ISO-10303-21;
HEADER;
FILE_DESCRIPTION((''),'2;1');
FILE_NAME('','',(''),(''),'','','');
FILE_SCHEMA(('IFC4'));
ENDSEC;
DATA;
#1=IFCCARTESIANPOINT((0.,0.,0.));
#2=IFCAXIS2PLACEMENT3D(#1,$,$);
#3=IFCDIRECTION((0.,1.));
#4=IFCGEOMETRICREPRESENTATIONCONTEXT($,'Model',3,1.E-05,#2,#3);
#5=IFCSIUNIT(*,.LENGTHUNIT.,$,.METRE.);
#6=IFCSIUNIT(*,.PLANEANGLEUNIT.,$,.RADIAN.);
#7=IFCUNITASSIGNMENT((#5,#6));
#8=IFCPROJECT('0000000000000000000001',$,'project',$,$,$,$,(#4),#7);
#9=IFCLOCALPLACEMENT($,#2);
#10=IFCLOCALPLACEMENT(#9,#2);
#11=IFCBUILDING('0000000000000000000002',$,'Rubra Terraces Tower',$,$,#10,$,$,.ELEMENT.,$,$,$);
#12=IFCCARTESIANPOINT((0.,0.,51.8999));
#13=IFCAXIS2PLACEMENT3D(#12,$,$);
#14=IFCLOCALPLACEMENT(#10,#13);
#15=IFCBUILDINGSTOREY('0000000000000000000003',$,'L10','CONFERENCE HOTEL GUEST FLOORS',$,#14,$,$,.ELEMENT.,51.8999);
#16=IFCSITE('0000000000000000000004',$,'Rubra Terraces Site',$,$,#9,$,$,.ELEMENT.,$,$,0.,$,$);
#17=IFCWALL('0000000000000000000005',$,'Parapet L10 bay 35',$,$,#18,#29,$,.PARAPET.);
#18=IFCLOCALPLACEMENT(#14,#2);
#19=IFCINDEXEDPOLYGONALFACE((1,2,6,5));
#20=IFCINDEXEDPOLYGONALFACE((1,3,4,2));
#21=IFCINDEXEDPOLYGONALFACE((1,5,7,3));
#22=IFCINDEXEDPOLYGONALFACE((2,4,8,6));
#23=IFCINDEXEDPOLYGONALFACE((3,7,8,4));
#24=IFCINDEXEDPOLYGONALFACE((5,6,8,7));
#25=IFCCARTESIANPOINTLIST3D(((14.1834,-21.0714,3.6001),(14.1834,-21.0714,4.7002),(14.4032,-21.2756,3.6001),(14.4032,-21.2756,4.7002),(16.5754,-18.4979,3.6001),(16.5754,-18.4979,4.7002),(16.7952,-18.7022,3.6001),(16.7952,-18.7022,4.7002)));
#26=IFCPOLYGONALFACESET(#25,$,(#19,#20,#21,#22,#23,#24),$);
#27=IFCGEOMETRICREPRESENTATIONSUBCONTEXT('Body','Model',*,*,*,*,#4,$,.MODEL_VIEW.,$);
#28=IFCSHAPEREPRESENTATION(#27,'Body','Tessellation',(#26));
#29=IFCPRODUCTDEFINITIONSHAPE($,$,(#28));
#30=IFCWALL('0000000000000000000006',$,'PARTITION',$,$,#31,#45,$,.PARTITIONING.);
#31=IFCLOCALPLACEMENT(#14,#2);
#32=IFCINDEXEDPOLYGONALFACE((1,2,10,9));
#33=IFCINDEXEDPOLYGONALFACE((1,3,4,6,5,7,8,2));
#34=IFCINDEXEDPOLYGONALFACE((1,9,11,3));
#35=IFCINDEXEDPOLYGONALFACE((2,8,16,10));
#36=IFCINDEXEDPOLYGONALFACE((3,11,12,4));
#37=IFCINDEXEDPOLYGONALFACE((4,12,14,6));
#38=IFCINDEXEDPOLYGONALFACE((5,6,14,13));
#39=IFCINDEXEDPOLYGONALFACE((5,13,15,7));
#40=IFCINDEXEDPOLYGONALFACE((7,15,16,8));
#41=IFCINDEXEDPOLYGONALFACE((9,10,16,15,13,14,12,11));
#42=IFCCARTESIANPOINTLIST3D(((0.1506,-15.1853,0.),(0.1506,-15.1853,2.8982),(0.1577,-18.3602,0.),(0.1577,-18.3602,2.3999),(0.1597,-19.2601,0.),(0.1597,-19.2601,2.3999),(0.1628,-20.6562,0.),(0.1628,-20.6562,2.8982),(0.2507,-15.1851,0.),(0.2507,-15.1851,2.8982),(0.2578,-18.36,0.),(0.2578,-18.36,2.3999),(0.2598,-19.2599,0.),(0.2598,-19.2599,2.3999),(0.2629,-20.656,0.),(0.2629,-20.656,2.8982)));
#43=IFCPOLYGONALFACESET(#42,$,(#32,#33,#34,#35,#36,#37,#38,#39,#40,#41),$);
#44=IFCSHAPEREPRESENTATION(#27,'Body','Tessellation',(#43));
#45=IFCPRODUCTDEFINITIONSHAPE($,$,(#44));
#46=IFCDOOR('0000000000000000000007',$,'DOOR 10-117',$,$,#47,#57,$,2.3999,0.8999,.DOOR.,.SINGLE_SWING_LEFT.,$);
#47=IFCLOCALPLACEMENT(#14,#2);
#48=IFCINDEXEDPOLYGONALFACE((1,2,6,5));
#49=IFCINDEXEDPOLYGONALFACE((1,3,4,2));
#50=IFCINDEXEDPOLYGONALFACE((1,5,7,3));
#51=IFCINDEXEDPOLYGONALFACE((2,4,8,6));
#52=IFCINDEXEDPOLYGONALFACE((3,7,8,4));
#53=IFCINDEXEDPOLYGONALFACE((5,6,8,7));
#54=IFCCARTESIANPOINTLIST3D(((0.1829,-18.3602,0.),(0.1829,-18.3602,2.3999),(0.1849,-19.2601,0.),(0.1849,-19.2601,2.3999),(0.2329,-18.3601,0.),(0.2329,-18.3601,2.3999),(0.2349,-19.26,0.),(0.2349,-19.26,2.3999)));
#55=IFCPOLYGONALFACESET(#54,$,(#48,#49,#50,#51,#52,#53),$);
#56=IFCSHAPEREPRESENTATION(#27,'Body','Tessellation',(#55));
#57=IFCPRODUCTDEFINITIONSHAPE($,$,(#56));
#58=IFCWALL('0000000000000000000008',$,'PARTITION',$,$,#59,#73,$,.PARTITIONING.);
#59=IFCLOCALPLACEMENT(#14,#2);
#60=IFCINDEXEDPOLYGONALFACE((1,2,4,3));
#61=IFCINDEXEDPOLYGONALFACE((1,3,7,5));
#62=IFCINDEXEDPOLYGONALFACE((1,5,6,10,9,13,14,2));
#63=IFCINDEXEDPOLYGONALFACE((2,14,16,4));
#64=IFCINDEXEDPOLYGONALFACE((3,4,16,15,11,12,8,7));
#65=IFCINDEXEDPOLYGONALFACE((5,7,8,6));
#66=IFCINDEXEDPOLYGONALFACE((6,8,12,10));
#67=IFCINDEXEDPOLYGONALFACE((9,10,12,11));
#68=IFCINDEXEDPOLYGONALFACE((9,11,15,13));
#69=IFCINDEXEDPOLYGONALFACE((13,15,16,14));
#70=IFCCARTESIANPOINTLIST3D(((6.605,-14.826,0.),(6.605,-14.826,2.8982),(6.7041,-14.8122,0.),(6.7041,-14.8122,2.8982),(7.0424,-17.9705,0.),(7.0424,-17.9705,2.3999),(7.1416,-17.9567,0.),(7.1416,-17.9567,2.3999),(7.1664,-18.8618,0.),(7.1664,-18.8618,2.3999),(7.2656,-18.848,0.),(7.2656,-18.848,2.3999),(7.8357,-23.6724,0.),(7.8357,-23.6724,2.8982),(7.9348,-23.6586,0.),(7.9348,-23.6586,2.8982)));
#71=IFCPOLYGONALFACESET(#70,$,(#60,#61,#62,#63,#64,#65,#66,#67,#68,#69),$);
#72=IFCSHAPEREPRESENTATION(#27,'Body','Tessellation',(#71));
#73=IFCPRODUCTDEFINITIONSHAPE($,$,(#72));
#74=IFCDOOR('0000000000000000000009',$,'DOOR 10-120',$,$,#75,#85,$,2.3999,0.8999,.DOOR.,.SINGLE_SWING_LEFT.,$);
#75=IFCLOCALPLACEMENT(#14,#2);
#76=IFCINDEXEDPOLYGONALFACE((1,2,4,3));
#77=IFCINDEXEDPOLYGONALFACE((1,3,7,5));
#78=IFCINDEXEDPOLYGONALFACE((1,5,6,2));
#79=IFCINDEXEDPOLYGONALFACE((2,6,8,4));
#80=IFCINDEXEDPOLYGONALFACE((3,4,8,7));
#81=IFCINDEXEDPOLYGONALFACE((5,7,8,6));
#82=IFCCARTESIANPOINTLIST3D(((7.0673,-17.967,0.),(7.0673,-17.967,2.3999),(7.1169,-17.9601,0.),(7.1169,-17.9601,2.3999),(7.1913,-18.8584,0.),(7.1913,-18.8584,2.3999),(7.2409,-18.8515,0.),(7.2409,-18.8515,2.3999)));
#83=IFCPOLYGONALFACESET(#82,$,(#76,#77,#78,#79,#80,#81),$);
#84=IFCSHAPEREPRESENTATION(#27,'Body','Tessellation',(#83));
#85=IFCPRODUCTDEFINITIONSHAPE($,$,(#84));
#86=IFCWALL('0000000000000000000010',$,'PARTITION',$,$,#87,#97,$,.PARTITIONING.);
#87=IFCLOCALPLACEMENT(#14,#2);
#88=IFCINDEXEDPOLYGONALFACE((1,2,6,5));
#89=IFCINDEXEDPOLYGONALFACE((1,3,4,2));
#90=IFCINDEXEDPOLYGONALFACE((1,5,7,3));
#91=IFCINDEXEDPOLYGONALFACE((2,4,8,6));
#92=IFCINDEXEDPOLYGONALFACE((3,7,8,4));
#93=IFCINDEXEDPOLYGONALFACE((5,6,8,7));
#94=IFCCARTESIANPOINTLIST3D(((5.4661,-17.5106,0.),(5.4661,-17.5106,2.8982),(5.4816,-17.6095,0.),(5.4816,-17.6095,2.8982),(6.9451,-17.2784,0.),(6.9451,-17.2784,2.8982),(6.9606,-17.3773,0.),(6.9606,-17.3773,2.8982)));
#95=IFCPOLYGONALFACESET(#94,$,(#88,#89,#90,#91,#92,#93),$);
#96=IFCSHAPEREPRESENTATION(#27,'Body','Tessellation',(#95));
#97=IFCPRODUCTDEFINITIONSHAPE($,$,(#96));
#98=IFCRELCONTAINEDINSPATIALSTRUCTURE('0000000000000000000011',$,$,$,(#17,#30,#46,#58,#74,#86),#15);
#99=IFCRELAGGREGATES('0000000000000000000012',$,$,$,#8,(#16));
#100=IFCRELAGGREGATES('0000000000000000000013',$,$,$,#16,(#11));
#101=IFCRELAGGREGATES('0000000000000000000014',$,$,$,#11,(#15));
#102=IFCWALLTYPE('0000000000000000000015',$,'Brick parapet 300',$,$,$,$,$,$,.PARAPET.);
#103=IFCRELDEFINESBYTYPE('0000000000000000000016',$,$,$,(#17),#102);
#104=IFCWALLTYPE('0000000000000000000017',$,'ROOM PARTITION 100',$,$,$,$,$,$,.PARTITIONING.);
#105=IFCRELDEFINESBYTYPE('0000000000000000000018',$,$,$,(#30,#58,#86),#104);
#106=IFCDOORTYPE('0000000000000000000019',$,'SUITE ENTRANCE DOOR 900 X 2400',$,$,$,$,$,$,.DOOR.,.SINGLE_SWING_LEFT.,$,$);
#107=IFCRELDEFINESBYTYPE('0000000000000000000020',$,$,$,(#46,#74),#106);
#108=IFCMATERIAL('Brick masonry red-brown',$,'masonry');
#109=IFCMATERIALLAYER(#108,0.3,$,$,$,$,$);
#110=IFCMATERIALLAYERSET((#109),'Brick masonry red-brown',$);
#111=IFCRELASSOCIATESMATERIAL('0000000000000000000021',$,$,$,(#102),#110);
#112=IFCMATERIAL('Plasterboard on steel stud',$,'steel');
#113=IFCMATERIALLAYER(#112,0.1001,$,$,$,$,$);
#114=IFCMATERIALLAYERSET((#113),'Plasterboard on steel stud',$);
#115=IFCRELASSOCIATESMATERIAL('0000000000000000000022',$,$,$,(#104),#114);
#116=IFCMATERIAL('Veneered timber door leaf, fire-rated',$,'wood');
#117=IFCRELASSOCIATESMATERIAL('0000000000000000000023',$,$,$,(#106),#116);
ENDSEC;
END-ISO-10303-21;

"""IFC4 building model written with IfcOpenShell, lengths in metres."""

from ifc_helpers import new_model, si_unit, direction, frame, frame_2d, origin, place, context, subcontext, project, spatial, rectangle, extrude, material, layer, layer_set, type_object, element, fill, save


model = new_model("IFC4")

# Units and contexts
model_context = context("Model", 3, precision=1e-05, world=origin(), true_north=direction((0.0, 1.0)))
body_context = subcontext(model_context, "Body", "Model", "MODEL_VIEW")
ifc_project = project(units=[si_unit("LENGTHUNIT", "METRE"), si_unit("PLANEANGLEUNIT", "RADIAN")], contexts=[model_context])

# Site, building, storey
site_placement = place(None, origin())
site = spatial("IfcSite", under=ifc_project, at=site_placement, Name="Rubra Terraces Site", CompositionType="ELEMENT", RefElevation=0.0)
building_placement = place(site_placement, origin())
building = spatial("IfcBuilding", under=site, at=building_placement, Name="Rubra Terraces Tower", CompositionType="ELEMENT")
storey_placement = place(building_placement, frame((0.0, 0.0, 51.8999)))
storey = spatial("IfcBuildingStorey", under=building, at=storey_placement, Name="L10", Description="CONFERENCE HOTEL GUEST FLOORS", CompositionType="ELEMENT", Elevation=51.8999)

# Shared definitions
ifc_material_1 = material(Name="Brick masonry red-brown", Category="masonry")

# Wall
ifc_layer_1 = layer(ifc_material_1, 0.3)
ifc_layer_set_1 = layer_set([ifc_layer_1], Name="Brick masonry red-brown")
wall_type_1 = type_object("IfcWallType", Name="Brick parapet 300", PredefinedType="PARAPET", material=ifc_layer_set_1)
wall_1_placement = place(storey_placement, frame((14.2932, -21.1736, 3.6001), z_axis=(0.0, 0.0, 1.0), x_axis=(0.680821, 0.732449, 0.0)))
element("IfcWall", 1, at=wall_1_placement, inside=storey, type_object=wall_type_1, Name="Parapet L10 bay 35", PredefinedType="PARAPET", context=body_context, shape_type="SweptSolid", body=[
    extrude(rectangle(XDim=3.5134, YDim=0.3, at=frame_2d((1.7568, 0.0))), origin(), (0.0, 0.0, 1.0), 1.1001),
])

# Walls, openings, doors
ifc_material_2 = material(Name="Plasterboard on steel stud", Category="steel")
ifc_layer_2 = layer(ifc_material_2, 0.1001)
ifc_layer_set_2 = layer_set([ifc_layer_2], Name="Plasterboard on steel stud")
wall_type_2 = type_object("IfcWallType", Name="ROOM PARTITION 100", PredefinedType="PARTITIONING", material=ifc_layer_set_2)
wall_2_placement = place(storey_placement, frame((0.2129, -20.656, 0.0), z_axis=(0.0, 0.0, 1.0), x_axis=(-0.002231, 0.999998, 0.0)))
wall_2 = element("IfcWall", 2, at=wall_2_placement, inside=storey, type_object=wall_type_2, Name="PARTITION", PredefinedType="PARTITIONING", context=body_context, shape_type="SweptSolid", body=[
    extrude(rectangle(XDim=5.4709, YDim=0.1001, at=frame_2d((2.7354, 0.0))), origin(), (0.0, 0.0, 1.0), 2.8982),
])
opening_1_placement = place(wall_2_placement, frame((1.396, 0.0, 0.0)))
opening_1 = element("IfcOpeningElement", 3, at=opening_1_placement, cuts=wall_2, PredefinedType="OPENING", context=body_context, shape_type="SweptSolid", body=[
    extrude(rectangle(XDim=0.8999, YDim=2.3999, at=frame_2d((0.45, 1.2))), frame((0.0, 0.0601, 0.0), z_axis=(0.0, -1.0, 0.0), x_axis=(1.0, 0.0, 0.0)), (0.0, 0.0, 1.0), 0.1201),
])
ifc_material_3 = material(Name="Veneered timber door leaf, fire-rated", Category="wood")
door_type = type_object("IfcDoorType", Name="SUITE ENTRANCE DOOR 900 X 2400", OperationType="SINGLE_SWING_LEFT", PredefinedType="DOOR", material=ifc_material_3)
door_1_placement = place(opening_1_placement, origin())
door_1 = element("IfcDoor", 4, at=door_1_placement, inside=storey, type_object=door_type, Name="DOOR 10-117", OperationType="SINGLE_SWING_LEFT", OverallHeight=2.3999, OverallWidth=0.8999, PredefinedType="DOOR", context=body_context, shape_type="SweptSolid", body=[
    extrude(rectangle(XDim=0.8999, YDim=2.3999, at=frame_2d((0.45, 1.2))), frame((0.0, 0.0249, 0.0), z_axis=(0.0, -1.0, 0.0), x_axis=(1.0, 0.0, 0.0)), (0.0, 0.0, 1.0), 0.05),
])
fill(opening_1, door_1)
wall_3_placement = place(storey_placement, frame((7.8853, -23.6655, 0.0), z_axis=(0.0, 0.0, 1.0), x_axis=(-0.137793, 0.990461, 0.0)))
wall_3 = element("IfcWall", 5, at=wall_3_placement, inside=storey, type_object=wall_type_2, Name="PARTITION", PredefinedType="PARTITIONING", context=body_context, shape_type="SweptSolid", body=[
    extrude(rectangle(XDim=8.9316, YDim=0.1001, at=frame_2d((4.4658, 0.0))), origin(), (0.0, 0.0, 1.0), 2.8982),
])
opening_2_placement = place(wall_3_placement, frame((4.8569, 0.0, 0.0)))
opening_2 = element("IfcOpeningElement", 6, at=opening_2_placement, cuts=wall_3, PredefinedType="OPENING", context=body_context, shape_type="SweptSolid", body=[
    extrude(rectangle(XDim=0.8999, YDim=2.3999, at=frame_2d((0.45, 1.2))), frame((0.0, 0.0601, 0.0), z_axis=(0.0, -1.0, 0.0), x_axis=(1.0, 0.0, 0.0)), (0.0, 0.0, 1.0), 0.1201),
])
door_2_placement = place(opening_2_placement, origin())
door_2 = element("IfcDoor", 7, at=door_2_placement, inside=storey, type_object=door_type, Name="DOOR 10-120", OperationType="SINGLE_SWING_LEFT", OverallHeight=2.3999, OverallWidth=0.8999, PredefinedType="DOOR", context=body_context, shape_type="SweptSolid", body=[
    extrude(rectangle(XDim=0.8999, YDim=2.3999, at=frame_2d((0.45, 1.2))), frame((0.0, 0.0249, 0.0), z_axis=(0.0, -1.0, 0.0), x_axis=(1.0, 0.0, 0.0)), (0.0, 0.0, 1.0), 0.05),
])
fill(opening_2, door_2)

# Wall
wall_4_placement = place(storey_placement, frame((5.4739, -17.5601, 0.0), z_axis=(0.0, 0.0, 1.0), x_axis=(0.987901, 0.155083, 0.0)))
element("IfcWall", 8, at=wall_4_placement, inside=storey, type_object=wall_type_2, Name="PARTITION", PredefinedType="PARTITIONING", context=body_context, shape_type="SweptSolid", body=[
    extrude(rectangle(XDim=1.4971, YDim=0.1001, at=frame_2d((0.7485, 0.0))), origin(), (0.0, 0.0, 1.0), 2.8982),
])

save(model, "model.ifc")
